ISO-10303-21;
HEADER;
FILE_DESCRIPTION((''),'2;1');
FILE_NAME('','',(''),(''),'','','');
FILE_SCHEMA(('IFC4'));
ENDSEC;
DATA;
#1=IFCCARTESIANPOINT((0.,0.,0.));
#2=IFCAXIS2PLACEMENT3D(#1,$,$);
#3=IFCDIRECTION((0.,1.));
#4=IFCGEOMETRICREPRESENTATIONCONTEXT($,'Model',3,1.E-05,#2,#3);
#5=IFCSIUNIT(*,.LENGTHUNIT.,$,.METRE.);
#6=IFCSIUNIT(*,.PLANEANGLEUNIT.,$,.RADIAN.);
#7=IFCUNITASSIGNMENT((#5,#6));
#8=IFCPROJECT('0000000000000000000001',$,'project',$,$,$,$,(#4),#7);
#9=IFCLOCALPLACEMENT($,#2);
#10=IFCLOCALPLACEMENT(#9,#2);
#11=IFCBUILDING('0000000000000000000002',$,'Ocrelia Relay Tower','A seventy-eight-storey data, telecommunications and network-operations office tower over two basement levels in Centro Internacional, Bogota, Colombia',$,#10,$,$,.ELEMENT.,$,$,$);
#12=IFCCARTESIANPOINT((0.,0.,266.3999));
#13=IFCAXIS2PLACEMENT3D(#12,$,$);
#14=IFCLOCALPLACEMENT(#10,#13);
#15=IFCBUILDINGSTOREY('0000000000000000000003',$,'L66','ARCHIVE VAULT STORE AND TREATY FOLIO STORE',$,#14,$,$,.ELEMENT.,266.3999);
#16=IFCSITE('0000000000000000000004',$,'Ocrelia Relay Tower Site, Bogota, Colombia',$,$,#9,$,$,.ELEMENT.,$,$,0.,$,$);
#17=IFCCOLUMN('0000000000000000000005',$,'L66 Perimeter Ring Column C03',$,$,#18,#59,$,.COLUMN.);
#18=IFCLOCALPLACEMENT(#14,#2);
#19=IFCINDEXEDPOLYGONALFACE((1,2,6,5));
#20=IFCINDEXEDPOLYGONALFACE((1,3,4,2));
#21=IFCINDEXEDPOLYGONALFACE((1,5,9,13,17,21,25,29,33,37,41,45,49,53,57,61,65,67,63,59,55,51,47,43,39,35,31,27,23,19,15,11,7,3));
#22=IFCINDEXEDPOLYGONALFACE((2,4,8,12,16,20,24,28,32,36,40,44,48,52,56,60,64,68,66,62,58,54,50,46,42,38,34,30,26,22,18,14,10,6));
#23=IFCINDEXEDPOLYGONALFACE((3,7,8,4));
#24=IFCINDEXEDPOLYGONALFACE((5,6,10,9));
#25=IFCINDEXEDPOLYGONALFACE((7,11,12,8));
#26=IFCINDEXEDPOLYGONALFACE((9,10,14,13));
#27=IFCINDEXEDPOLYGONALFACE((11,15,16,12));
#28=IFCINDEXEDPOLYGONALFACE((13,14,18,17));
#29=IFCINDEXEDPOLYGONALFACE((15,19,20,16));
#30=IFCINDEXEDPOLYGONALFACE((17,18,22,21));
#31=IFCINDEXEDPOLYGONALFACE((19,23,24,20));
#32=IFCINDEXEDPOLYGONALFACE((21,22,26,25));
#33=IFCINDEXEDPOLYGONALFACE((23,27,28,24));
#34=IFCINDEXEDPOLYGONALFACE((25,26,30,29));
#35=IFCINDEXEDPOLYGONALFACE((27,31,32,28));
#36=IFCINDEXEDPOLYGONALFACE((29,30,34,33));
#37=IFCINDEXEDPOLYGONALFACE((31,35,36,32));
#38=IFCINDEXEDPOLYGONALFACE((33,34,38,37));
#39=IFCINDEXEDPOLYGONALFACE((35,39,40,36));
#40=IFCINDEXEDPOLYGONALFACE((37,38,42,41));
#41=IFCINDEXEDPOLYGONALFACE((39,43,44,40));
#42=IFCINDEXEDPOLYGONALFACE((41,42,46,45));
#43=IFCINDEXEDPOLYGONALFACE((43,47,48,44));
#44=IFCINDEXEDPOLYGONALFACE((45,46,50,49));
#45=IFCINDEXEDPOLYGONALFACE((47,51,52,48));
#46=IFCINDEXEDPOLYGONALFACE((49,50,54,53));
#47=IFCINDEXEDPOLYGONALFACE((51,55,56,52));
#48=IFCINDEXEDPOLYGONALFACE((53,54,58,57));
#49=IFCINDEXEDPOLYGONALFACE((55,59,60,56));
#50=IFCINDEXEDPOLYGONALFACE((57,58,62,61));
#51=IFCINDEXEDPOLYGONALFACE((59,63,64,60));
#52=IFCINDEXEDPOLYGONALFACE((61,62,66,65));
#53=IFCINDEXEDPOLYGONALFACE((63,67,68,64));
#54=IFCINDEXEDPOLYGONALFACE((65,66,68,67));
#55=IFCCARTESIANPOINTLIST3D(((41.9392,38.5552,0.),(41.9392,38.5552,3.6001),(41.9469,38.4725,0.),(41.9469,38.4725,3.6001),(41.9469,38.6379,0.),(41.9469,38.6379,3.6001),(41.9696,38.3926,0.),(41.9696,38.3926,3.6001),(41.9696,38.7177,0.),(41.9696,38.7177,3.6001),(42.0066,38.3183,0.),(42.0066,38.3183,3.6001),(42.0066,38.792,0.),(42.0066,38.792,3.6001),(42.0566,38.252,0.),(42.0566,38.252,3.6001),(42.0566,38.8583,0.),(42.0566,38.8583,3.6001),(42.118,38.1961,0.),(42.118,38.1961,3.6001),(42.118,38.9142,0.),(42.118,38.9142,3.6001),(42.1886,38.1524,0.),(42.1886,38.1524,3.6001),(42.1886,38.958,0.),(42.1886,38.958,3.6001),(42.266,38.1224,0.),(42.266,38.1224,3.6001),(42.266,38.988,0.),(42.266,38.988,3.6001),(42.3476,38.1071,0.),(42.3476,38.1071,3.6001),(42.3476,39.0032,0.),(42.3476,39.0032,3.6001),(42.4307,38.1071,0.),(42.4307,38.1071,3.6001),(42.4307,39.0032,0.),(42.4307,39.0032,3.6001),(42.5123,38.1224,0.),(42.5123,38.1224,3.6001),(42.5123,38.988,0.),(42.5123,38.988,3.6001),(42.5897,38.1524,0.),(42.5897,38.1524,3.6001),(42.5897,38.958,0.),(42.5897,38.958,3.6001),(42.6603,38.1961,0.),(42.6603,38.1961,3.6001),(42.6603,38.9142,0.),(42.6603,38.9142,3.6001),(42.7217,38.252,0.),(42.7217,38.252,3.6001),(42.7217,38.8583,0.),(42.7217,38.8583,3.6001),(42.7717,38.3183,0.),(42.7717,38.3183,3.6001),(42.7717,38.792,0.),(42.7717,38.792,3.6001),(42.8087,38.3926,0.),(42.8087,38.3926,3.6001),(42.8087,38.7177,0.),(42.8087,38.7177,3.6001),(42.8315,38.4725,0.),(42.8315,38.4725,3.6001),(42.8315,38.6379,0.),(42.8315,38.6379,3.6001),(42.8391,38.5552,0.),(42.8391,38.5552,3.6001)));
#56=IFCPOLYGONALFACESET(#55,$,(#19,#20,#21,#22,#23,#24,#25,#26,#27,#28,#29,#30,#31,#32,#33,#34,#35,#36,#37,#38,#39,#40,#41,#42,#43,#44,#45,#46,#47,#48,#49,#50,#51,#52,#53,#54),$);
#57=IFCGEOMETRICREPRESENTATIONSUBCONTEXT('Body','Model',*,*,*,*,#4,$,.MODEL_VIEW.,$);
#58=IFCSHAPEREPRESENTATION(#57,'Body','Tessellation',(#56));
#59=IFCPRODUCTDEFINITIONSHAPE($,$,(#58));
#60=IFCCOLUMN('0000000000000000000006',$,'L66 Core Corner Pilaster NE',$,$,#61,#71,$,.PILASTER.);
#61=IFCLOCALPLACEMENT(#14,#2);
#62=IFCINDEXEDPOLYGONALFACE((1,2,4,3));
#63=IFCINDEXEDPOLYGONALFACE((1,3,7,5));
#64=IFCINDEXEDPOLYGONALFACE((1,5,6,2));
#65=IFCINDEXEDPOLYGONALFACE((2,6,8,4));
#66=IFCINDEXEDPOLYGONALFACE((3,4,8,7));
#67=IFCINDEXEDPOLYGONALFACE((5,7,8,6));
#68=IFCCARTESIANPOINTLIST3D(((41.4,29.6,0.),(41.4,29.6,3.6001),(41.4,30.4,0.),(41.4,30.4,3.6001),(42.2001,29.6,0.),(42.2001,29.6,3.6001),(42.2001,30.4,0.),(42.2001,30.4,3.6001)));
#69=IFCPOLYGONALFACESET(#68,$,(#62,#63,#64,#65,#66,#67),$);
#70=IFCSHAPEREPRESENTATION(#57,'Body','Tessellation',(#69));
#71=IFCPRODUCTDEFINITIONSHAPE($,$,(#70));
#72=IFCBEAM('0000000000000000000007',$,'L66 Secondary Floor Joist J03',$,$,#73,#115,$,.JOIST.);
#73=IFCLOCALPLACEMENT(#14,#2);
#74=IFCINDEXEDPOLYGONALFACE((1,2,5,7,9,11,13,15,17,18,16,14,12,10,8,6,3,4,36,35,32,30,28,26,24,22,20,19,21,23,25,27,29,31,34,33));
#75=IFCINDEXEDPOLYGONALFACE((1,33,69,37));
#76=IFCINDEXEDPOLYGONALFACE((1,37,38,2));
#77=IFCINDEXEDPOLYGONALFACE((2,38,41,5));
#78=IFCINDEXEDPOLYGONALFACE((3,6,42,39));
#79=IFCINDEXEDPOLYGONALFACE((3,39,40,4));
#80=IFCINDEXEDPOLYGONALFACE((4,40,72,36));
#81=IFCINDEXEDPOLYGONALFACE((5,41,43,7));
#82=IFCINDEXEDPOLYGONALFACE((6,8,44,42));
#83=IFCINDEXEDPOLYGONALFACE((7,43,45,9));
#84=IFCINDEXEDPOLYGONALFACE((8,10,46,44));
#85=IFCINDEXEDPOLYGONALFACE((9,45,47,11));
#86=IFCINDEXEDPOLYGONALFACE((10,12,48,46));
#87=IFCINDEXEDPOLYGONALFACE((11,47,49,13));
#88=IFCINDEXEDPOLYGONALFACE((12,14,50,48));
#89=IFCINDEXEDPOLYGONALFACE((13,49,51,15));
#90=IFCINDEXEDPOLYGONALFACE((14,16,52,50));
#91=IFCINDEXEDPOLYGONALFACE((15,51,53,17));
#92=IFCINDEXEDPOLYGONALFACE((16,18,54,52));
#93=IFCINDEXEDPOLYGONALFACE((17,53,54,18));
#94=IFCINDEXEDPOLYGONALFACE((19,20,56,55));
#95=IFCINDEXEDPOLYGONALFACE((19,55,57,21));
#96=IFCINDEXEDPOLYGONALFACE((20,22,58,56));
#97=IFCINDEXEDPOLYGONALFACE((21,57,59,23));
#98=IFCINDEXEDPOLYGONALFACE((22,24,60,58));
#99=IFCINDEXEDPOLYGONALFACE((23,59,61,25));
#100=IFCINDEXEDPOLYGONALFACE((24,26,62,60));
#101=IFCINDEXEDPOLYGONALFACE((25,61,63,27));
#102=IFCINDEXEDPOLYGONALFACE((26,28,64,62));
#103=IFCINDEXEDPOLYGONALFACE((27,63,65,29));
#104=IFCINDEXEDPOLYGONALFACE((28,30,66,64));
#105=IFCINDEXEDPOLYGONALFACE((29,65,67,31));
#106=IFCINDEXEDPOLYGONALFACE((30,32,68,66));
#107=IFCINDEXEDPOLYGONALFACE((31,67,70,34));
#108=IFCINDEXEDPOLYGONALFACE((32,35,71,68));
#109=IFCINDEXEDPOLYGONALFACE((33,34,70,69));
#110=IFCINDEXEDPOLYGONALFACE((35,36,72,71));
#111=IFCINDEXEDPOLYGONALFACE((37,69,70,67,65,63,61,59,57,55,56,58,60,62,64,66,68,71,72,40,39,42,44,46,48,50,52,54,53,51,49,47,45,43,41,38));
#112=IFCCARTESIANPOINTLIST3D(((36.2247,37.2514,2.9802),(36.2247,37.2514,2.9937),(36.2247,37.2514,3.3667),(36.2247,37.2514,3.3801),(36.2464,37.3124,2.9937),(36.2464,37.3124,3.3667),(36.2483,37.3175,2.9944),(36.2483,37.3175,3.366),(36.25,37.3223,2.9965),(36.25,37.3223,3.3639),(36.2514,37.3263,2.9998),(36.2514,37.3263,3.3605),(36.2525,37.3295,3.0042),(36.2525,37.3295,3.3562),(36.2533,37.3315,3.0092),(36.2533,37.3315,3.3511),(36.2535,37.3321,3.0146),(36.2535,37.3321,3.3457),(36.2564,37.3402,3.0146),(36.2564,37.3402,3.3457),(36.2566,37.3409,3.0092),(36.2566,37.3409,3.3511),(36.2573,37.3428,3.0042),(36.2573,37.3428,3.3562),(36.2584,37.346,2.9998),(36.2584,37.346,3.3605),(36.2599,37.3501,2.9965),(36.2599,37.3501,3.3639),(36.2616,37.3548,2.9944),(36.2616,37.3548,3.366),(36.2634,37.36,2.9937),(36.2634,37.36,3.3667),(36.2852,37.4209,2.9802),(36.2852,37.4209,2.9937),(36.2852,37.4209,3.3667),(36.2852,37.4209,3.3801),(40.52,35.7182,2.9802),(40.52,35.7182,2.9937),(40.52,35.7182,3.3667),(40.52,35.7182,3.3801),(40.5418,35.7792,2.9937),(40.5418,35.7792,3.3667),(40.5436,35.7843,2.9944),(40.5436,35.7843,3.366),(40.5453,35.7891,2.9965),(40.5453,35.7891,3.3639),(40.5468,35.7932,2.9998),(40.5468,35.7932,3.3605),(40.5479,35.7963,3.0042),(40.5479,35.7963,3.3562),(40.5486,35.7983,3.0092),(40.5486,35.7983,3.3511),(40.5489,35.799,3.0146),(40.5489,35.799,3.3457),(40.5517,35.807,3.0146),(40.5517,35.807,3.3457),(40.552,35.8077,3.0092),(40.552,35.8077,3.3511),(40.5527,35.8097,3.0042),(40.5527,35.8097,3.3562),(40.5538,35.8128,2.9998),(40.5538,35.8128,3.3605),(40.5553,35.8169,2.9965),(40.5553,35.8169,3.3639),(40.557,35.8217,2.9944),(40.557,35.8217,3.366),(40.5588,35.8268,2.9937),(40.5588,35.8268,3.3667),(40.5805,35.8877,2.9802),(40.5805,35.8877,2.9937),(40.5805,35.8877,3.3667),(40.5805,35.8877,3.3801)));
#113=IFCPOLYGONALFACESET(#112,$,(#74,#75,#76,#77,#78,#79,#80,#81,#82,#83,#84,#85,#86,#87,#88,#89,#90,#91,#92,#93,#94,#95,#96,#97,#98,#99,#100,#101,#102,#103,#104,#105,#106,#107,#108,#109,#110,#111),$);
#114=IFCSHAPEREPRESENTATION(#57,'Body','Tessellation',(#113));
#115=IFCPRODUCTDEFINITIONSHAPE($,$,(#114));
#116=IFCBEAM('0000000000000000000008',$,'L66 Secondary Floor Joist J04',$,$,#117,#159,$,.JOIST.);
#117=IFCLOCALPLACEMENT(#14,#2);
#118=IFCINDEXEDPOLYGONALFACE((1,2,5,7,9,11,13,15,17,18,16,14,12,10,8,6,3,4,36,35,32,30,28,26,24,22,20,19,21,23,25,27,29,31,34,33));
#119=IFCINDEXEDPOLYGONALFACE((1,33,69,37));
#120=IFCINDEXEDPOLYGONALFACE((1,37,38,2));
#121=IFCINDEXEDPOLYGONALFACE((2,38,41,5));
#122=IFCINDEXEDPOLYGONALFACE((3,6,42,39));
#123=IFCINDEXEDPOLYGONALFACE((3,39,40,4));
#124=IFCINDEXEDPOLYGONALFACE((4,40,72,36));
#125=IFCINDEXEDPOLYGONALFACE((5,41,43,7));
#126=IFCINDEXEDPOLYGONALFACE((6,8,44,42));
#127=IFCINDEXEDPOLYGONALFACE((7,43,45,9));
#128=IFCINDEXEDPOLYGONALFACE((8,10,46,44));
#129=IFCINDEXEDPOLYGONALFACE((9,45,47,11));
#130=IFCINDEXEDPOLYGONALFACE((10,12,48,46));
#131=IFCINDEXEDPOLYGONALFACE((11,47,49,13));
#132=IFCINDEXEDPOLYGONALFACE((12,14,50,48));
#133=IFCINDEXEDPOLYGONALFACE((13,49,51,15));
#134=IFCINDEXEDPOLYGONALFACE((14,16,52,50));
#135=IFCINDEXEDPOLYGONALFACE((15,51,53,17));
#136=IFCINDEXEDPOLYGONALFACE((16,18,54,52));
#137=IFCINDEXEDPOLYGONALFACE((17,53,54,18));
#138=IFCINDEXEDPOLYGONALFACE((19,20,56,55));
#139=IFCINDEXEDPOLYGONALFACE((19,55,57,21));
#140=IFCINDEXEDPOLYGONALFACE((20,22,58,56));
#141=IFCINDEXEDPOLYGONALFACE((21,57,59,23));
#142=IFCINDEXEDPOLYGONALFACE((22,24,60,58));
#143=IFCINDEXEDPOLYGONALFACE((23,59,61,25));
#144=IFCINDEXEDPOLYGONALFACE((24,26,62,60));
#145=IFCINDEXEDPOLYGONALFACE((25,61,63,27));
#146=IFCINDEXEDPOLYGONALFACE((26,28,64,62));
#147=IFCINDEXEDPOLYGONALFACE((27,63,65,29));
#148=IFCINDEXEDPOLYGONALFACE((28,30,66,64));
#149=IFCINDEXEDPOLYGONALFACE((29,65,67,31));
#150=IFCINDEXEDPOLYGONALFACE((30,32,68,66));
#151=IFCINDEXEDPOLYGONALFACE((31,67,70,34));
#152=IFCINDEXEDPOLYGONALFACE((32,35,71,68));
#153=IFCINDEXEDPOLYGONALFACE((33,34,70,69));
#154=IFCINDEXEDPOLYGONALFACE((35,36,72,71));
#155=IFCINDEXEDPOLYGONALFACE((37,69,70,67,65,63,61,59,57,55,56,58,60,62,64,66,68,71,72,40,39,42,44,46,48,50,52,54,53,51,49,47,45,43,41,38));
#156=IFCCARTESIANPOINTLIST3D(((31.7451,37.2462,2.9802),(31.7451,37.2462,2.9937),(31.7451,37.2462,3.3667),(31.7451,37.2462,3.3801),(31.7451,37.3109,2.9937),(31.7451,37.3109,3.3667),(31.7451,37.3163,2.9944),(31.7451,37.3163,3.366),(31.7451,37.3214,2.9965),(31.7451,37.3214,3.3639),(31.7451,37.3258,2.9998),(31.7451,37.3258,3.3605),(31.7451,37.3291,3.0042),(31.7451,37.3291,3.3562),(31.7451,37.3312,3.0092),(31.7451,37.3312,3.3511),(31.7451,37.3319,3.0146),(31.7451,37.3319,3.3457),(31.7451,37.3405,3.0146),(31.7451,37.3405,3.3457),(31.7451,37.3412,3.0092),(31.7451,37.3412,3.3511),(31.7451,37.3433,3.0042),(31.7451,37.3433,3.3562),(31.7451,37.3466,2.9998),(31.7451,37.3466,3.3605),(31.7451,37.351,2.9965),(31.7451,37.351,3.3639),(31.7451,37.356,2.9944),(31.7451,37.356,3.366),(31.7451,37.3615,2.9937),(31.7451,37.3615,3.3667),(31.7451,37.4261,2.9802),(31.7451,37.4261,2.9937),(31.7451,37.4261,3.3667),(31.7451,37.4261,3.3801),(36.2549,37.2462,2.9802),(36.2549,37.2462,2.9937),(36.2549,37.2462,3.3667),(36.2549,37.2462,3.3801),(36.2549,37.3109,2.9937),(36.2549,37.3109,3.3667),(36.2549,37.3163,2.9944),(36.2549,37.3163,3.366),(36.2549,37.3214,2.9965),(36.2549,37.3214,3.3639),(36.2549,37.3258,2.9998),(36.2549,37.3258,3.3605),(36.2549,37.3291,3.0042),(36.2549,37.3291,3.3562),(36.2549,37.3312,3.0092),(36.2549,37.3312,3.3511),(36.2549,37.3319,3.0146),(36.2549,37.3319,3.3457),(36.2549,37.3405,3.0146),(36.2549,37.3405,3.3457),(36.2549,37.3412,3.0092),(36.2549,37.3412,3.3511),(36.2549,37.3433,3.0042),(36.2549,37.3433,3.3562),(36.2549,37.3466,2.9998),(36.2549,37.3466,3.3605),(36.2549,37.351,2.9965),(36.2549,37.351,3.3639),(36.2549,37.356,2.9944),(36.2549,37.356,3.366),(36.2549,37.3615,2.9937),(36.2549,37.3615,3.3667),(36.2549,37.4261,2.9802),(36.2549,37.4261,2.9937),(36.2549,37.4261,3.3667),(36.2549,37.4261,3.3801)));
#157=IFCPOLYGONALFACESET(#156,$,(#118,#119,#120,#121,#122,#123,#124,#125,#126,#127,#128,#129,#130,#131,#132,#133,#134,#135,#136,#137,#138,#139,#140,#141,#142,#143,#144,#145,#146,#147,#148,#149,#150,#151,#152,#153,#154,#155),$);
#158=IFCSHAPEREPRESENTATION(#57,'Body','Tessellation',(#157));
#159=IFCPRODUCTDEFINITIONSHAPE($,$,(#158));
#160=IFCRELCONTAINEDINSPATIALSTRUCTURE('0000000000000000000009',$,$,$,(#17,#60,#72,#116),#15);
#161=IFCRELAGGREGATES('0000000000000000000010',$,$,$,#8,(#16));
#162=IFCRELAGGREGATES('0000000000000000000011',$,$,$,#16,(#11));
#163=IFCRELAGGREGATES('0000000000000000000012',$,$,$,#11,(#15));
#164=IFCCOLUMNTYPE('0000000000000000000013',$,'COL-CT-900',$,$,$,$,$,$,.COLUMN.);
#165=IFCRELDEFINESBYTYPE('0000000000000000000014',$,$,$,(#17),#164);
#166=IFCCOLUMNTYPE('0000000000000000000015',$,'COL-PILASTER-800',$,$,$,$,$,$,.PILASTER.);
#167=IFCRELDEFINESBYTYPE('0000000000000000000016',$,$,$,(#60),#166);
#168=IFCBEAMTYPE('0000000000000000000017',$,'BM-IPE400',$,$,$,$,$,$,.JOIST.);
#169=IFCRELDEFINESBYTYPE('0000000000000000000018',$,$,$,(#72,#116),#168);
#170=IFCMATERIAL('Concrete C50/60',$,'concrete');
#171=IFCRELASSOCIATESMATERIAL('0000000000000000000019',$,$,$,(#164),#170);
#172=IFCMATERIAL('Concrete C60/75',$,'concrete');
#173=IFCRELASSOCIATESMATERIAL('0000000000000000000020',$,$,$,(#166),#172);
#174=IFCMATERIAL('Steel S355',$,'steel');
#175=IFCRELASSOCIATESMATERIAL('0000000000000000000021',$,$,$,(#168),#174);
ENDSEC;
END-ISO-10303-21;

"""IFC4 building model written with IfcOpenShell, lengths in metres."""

from ifc_helpers import new_model, si_unit, direction, frame, origin, origin_2d, place, context, subcontext, project, spatial, rectangle, circle, i_section, extrude, material, material_profile, profile_set, type_object, element, save


model = new_model("IFC4")

# Units and contexts
model_context = context("Model", 3, precision=1e-05, world=origin(), true_north=direction((0.0, 1.0)))
body_context = subcontext(model_context, "Body", "Model", "MODEL_VIEW")
ifc_project = project(units=[si_unit("LENGTHUNIT", "METRE"), si_unit("PLANEANGLEUNIT", "RADIAN")], contexts=[model_context])

# Site, building, storey
site_placement = place(None, origin())
site = spatial("IfcSite", under=ifc_project, at=site_placement, Name="Ocrelia Relay Tower Site, Bogota, Colombia", CompositionType="ELEMENT", RefElevation=0.0)
building_placement = place(site_placement, origin())
building = spatial("IfcBuilding", under=site, at=building_placement, Name="Ocrelia Relay Tower", Description="A seventy-eight-storey data, telecommunications and network-operations office tower over two basement levels in Centro Internacional, Bogota, Colombia", CompositionType="ELEMENT")
storey_placement = place(building_placement, frame((0.0, 0.0, 266.3999)))
storey = spatial("IfcBuildingStorey", under=building, at=storey_placement, Name="L66", Description="ARCHIVE VAULT STORE AND TREATY FOLIO STORE", CompositionType="ELEMENT", Elevation=266.3999)

# Columns
ifc_material_1 = material(Name="Concrete C50/60", Category="concrete")
ifc_material_profile_1 = material_profile(ifc_material_1, circle(Radius=0.45, at=origin_2d()), Name="RC-CIR-900")
ifc_profile_set_1 = profile_set([ifc_material_profile_1], Name="Concrete C50/60")
column_type_1 = type_object("IfcColumnType", Name="COL-CT-900", PredefinedType="COLUMN", material=ifc_profile_set_1)
column_1_placement = place(storey_placement, frame((42.3892, 38.5552, 0.0), z_axis=(0.0, 0.0, 1.0), x_axis=(1.0, 0.0, 0.0)))
element("IfcColumn", 1, at=column_1_placement, inside=storey, type_object=column_type_1, Name="L66 Perimeter Ring Column C03", PredefinedType="COLUMN", context=body_context, shape_type="SweptSolid", body=[
    extrude(circle(Radius=0.45, at=origin_2d()), origin(), (0.0, 0.0, 1.0), 3.6001),
])
ifc_material_2 = material(Name="Concrete C60/75", Category="concrete")
ifc_material_profile_2 = material_profile(ifc_material_2, rectangle(XDim=0.8, YDim=0.8, at=origin_2d()), Name="RC-COL-800x800")
ifc_profile_set_2 = profile_set([ifc_material_profile_2], Name="Concrete C60/75")
column_type_2 = type_object("IfcColumnType", Name="COL-PILASTER-800", PredefinedType="PILASTER", material=ifc_profile_set_2)
column_2_placement = place(storey_placement, frame((41.8, 30.0, 0.0), z_axis=(0.0, 0.0, 1.0), x_axis=(1.0, 0.0, 0.0)))
element("IfcColumn", 2, at=column_2_placement, inside=storey, type_object=column_type_2, Name="L66 Core Corner Pilaster NE", PredefinedType="PILASTER", context=body_context, shape_type="SweptSolid", body=[
    extrude(rectangle(XDim=0.8, YDim=0.8, at=origin_2d()), origin(), (0.0, 0.0, 1.0), 3.6001),
])

# Beams
ifc_material_3 = material(Name="Steel S355", Category="steel")
ifc_material_profile_3 = material_profile(ifc_material_3, i_section(OverallWidth=0.1799, OverallDepth=0.3999, WebThickness=0.0085, FlangeThickness=0.0134, FilletRadius=0.021, at=origin_2d()), Name="IPE 400")
ifc_profile_set_3 = profile_set([ifc_material_profile_3], Name="Steel S355")
beam_type = type_object("IfcBeamType", Name="BM-IPE400", PredefinedType="JOIST", material=ifc_profile_set_3)
beam_1_placement = place(storey_placement, frame((40.5503, 35.803, 3.1802), z_axis=(-0.941802, 0.336167, 0.0), x_axis=(-0.336167, -0.941802, 0.0)))
element("IfcBeam", 3, at=beam_1_placement, inside=storey, type_object=beam_type, Name="L66 Secondary Floor Joist J03", PredefinedType="JOIST", context=body_context, shape_type="SweptSolid", body=[
    extrude(i_section(OverallWidth=0.1799, OverallDepth=0.3999, WebThickness=0.0085, FlangeThickness=0.0134, FilletRadius=0.021, at=origin_2d()), origin(), (0.0, 0.0, 1.0), 4.5608),
])
beam_2_placement = place(storey_placement, frame((36.2549, 37.3362, 3.1802), z_axis=(-1.0, 0.0, 0.0), x_axis=(0.0, -1.0, 0.0)))
element("IfcBeam", 4, at=beam_2_placement, inside=storey, type_object=beam_type, Name="L66 Secondary Floor Joist J04", PredefinedType="JOIST", context=body_context, shape_type="SweptSolid", body=[
    extrude(i_section(OverallWidth=0.1799, OverallDepth=0.3999, WebThickness=0.0085, FlangeThickness=0.0134, FilletRadius=0.021, at=origin_2d()), origin(), (0.0, 0.0, 1.0), 4.5098),
])

save(model, "model.ifc")
